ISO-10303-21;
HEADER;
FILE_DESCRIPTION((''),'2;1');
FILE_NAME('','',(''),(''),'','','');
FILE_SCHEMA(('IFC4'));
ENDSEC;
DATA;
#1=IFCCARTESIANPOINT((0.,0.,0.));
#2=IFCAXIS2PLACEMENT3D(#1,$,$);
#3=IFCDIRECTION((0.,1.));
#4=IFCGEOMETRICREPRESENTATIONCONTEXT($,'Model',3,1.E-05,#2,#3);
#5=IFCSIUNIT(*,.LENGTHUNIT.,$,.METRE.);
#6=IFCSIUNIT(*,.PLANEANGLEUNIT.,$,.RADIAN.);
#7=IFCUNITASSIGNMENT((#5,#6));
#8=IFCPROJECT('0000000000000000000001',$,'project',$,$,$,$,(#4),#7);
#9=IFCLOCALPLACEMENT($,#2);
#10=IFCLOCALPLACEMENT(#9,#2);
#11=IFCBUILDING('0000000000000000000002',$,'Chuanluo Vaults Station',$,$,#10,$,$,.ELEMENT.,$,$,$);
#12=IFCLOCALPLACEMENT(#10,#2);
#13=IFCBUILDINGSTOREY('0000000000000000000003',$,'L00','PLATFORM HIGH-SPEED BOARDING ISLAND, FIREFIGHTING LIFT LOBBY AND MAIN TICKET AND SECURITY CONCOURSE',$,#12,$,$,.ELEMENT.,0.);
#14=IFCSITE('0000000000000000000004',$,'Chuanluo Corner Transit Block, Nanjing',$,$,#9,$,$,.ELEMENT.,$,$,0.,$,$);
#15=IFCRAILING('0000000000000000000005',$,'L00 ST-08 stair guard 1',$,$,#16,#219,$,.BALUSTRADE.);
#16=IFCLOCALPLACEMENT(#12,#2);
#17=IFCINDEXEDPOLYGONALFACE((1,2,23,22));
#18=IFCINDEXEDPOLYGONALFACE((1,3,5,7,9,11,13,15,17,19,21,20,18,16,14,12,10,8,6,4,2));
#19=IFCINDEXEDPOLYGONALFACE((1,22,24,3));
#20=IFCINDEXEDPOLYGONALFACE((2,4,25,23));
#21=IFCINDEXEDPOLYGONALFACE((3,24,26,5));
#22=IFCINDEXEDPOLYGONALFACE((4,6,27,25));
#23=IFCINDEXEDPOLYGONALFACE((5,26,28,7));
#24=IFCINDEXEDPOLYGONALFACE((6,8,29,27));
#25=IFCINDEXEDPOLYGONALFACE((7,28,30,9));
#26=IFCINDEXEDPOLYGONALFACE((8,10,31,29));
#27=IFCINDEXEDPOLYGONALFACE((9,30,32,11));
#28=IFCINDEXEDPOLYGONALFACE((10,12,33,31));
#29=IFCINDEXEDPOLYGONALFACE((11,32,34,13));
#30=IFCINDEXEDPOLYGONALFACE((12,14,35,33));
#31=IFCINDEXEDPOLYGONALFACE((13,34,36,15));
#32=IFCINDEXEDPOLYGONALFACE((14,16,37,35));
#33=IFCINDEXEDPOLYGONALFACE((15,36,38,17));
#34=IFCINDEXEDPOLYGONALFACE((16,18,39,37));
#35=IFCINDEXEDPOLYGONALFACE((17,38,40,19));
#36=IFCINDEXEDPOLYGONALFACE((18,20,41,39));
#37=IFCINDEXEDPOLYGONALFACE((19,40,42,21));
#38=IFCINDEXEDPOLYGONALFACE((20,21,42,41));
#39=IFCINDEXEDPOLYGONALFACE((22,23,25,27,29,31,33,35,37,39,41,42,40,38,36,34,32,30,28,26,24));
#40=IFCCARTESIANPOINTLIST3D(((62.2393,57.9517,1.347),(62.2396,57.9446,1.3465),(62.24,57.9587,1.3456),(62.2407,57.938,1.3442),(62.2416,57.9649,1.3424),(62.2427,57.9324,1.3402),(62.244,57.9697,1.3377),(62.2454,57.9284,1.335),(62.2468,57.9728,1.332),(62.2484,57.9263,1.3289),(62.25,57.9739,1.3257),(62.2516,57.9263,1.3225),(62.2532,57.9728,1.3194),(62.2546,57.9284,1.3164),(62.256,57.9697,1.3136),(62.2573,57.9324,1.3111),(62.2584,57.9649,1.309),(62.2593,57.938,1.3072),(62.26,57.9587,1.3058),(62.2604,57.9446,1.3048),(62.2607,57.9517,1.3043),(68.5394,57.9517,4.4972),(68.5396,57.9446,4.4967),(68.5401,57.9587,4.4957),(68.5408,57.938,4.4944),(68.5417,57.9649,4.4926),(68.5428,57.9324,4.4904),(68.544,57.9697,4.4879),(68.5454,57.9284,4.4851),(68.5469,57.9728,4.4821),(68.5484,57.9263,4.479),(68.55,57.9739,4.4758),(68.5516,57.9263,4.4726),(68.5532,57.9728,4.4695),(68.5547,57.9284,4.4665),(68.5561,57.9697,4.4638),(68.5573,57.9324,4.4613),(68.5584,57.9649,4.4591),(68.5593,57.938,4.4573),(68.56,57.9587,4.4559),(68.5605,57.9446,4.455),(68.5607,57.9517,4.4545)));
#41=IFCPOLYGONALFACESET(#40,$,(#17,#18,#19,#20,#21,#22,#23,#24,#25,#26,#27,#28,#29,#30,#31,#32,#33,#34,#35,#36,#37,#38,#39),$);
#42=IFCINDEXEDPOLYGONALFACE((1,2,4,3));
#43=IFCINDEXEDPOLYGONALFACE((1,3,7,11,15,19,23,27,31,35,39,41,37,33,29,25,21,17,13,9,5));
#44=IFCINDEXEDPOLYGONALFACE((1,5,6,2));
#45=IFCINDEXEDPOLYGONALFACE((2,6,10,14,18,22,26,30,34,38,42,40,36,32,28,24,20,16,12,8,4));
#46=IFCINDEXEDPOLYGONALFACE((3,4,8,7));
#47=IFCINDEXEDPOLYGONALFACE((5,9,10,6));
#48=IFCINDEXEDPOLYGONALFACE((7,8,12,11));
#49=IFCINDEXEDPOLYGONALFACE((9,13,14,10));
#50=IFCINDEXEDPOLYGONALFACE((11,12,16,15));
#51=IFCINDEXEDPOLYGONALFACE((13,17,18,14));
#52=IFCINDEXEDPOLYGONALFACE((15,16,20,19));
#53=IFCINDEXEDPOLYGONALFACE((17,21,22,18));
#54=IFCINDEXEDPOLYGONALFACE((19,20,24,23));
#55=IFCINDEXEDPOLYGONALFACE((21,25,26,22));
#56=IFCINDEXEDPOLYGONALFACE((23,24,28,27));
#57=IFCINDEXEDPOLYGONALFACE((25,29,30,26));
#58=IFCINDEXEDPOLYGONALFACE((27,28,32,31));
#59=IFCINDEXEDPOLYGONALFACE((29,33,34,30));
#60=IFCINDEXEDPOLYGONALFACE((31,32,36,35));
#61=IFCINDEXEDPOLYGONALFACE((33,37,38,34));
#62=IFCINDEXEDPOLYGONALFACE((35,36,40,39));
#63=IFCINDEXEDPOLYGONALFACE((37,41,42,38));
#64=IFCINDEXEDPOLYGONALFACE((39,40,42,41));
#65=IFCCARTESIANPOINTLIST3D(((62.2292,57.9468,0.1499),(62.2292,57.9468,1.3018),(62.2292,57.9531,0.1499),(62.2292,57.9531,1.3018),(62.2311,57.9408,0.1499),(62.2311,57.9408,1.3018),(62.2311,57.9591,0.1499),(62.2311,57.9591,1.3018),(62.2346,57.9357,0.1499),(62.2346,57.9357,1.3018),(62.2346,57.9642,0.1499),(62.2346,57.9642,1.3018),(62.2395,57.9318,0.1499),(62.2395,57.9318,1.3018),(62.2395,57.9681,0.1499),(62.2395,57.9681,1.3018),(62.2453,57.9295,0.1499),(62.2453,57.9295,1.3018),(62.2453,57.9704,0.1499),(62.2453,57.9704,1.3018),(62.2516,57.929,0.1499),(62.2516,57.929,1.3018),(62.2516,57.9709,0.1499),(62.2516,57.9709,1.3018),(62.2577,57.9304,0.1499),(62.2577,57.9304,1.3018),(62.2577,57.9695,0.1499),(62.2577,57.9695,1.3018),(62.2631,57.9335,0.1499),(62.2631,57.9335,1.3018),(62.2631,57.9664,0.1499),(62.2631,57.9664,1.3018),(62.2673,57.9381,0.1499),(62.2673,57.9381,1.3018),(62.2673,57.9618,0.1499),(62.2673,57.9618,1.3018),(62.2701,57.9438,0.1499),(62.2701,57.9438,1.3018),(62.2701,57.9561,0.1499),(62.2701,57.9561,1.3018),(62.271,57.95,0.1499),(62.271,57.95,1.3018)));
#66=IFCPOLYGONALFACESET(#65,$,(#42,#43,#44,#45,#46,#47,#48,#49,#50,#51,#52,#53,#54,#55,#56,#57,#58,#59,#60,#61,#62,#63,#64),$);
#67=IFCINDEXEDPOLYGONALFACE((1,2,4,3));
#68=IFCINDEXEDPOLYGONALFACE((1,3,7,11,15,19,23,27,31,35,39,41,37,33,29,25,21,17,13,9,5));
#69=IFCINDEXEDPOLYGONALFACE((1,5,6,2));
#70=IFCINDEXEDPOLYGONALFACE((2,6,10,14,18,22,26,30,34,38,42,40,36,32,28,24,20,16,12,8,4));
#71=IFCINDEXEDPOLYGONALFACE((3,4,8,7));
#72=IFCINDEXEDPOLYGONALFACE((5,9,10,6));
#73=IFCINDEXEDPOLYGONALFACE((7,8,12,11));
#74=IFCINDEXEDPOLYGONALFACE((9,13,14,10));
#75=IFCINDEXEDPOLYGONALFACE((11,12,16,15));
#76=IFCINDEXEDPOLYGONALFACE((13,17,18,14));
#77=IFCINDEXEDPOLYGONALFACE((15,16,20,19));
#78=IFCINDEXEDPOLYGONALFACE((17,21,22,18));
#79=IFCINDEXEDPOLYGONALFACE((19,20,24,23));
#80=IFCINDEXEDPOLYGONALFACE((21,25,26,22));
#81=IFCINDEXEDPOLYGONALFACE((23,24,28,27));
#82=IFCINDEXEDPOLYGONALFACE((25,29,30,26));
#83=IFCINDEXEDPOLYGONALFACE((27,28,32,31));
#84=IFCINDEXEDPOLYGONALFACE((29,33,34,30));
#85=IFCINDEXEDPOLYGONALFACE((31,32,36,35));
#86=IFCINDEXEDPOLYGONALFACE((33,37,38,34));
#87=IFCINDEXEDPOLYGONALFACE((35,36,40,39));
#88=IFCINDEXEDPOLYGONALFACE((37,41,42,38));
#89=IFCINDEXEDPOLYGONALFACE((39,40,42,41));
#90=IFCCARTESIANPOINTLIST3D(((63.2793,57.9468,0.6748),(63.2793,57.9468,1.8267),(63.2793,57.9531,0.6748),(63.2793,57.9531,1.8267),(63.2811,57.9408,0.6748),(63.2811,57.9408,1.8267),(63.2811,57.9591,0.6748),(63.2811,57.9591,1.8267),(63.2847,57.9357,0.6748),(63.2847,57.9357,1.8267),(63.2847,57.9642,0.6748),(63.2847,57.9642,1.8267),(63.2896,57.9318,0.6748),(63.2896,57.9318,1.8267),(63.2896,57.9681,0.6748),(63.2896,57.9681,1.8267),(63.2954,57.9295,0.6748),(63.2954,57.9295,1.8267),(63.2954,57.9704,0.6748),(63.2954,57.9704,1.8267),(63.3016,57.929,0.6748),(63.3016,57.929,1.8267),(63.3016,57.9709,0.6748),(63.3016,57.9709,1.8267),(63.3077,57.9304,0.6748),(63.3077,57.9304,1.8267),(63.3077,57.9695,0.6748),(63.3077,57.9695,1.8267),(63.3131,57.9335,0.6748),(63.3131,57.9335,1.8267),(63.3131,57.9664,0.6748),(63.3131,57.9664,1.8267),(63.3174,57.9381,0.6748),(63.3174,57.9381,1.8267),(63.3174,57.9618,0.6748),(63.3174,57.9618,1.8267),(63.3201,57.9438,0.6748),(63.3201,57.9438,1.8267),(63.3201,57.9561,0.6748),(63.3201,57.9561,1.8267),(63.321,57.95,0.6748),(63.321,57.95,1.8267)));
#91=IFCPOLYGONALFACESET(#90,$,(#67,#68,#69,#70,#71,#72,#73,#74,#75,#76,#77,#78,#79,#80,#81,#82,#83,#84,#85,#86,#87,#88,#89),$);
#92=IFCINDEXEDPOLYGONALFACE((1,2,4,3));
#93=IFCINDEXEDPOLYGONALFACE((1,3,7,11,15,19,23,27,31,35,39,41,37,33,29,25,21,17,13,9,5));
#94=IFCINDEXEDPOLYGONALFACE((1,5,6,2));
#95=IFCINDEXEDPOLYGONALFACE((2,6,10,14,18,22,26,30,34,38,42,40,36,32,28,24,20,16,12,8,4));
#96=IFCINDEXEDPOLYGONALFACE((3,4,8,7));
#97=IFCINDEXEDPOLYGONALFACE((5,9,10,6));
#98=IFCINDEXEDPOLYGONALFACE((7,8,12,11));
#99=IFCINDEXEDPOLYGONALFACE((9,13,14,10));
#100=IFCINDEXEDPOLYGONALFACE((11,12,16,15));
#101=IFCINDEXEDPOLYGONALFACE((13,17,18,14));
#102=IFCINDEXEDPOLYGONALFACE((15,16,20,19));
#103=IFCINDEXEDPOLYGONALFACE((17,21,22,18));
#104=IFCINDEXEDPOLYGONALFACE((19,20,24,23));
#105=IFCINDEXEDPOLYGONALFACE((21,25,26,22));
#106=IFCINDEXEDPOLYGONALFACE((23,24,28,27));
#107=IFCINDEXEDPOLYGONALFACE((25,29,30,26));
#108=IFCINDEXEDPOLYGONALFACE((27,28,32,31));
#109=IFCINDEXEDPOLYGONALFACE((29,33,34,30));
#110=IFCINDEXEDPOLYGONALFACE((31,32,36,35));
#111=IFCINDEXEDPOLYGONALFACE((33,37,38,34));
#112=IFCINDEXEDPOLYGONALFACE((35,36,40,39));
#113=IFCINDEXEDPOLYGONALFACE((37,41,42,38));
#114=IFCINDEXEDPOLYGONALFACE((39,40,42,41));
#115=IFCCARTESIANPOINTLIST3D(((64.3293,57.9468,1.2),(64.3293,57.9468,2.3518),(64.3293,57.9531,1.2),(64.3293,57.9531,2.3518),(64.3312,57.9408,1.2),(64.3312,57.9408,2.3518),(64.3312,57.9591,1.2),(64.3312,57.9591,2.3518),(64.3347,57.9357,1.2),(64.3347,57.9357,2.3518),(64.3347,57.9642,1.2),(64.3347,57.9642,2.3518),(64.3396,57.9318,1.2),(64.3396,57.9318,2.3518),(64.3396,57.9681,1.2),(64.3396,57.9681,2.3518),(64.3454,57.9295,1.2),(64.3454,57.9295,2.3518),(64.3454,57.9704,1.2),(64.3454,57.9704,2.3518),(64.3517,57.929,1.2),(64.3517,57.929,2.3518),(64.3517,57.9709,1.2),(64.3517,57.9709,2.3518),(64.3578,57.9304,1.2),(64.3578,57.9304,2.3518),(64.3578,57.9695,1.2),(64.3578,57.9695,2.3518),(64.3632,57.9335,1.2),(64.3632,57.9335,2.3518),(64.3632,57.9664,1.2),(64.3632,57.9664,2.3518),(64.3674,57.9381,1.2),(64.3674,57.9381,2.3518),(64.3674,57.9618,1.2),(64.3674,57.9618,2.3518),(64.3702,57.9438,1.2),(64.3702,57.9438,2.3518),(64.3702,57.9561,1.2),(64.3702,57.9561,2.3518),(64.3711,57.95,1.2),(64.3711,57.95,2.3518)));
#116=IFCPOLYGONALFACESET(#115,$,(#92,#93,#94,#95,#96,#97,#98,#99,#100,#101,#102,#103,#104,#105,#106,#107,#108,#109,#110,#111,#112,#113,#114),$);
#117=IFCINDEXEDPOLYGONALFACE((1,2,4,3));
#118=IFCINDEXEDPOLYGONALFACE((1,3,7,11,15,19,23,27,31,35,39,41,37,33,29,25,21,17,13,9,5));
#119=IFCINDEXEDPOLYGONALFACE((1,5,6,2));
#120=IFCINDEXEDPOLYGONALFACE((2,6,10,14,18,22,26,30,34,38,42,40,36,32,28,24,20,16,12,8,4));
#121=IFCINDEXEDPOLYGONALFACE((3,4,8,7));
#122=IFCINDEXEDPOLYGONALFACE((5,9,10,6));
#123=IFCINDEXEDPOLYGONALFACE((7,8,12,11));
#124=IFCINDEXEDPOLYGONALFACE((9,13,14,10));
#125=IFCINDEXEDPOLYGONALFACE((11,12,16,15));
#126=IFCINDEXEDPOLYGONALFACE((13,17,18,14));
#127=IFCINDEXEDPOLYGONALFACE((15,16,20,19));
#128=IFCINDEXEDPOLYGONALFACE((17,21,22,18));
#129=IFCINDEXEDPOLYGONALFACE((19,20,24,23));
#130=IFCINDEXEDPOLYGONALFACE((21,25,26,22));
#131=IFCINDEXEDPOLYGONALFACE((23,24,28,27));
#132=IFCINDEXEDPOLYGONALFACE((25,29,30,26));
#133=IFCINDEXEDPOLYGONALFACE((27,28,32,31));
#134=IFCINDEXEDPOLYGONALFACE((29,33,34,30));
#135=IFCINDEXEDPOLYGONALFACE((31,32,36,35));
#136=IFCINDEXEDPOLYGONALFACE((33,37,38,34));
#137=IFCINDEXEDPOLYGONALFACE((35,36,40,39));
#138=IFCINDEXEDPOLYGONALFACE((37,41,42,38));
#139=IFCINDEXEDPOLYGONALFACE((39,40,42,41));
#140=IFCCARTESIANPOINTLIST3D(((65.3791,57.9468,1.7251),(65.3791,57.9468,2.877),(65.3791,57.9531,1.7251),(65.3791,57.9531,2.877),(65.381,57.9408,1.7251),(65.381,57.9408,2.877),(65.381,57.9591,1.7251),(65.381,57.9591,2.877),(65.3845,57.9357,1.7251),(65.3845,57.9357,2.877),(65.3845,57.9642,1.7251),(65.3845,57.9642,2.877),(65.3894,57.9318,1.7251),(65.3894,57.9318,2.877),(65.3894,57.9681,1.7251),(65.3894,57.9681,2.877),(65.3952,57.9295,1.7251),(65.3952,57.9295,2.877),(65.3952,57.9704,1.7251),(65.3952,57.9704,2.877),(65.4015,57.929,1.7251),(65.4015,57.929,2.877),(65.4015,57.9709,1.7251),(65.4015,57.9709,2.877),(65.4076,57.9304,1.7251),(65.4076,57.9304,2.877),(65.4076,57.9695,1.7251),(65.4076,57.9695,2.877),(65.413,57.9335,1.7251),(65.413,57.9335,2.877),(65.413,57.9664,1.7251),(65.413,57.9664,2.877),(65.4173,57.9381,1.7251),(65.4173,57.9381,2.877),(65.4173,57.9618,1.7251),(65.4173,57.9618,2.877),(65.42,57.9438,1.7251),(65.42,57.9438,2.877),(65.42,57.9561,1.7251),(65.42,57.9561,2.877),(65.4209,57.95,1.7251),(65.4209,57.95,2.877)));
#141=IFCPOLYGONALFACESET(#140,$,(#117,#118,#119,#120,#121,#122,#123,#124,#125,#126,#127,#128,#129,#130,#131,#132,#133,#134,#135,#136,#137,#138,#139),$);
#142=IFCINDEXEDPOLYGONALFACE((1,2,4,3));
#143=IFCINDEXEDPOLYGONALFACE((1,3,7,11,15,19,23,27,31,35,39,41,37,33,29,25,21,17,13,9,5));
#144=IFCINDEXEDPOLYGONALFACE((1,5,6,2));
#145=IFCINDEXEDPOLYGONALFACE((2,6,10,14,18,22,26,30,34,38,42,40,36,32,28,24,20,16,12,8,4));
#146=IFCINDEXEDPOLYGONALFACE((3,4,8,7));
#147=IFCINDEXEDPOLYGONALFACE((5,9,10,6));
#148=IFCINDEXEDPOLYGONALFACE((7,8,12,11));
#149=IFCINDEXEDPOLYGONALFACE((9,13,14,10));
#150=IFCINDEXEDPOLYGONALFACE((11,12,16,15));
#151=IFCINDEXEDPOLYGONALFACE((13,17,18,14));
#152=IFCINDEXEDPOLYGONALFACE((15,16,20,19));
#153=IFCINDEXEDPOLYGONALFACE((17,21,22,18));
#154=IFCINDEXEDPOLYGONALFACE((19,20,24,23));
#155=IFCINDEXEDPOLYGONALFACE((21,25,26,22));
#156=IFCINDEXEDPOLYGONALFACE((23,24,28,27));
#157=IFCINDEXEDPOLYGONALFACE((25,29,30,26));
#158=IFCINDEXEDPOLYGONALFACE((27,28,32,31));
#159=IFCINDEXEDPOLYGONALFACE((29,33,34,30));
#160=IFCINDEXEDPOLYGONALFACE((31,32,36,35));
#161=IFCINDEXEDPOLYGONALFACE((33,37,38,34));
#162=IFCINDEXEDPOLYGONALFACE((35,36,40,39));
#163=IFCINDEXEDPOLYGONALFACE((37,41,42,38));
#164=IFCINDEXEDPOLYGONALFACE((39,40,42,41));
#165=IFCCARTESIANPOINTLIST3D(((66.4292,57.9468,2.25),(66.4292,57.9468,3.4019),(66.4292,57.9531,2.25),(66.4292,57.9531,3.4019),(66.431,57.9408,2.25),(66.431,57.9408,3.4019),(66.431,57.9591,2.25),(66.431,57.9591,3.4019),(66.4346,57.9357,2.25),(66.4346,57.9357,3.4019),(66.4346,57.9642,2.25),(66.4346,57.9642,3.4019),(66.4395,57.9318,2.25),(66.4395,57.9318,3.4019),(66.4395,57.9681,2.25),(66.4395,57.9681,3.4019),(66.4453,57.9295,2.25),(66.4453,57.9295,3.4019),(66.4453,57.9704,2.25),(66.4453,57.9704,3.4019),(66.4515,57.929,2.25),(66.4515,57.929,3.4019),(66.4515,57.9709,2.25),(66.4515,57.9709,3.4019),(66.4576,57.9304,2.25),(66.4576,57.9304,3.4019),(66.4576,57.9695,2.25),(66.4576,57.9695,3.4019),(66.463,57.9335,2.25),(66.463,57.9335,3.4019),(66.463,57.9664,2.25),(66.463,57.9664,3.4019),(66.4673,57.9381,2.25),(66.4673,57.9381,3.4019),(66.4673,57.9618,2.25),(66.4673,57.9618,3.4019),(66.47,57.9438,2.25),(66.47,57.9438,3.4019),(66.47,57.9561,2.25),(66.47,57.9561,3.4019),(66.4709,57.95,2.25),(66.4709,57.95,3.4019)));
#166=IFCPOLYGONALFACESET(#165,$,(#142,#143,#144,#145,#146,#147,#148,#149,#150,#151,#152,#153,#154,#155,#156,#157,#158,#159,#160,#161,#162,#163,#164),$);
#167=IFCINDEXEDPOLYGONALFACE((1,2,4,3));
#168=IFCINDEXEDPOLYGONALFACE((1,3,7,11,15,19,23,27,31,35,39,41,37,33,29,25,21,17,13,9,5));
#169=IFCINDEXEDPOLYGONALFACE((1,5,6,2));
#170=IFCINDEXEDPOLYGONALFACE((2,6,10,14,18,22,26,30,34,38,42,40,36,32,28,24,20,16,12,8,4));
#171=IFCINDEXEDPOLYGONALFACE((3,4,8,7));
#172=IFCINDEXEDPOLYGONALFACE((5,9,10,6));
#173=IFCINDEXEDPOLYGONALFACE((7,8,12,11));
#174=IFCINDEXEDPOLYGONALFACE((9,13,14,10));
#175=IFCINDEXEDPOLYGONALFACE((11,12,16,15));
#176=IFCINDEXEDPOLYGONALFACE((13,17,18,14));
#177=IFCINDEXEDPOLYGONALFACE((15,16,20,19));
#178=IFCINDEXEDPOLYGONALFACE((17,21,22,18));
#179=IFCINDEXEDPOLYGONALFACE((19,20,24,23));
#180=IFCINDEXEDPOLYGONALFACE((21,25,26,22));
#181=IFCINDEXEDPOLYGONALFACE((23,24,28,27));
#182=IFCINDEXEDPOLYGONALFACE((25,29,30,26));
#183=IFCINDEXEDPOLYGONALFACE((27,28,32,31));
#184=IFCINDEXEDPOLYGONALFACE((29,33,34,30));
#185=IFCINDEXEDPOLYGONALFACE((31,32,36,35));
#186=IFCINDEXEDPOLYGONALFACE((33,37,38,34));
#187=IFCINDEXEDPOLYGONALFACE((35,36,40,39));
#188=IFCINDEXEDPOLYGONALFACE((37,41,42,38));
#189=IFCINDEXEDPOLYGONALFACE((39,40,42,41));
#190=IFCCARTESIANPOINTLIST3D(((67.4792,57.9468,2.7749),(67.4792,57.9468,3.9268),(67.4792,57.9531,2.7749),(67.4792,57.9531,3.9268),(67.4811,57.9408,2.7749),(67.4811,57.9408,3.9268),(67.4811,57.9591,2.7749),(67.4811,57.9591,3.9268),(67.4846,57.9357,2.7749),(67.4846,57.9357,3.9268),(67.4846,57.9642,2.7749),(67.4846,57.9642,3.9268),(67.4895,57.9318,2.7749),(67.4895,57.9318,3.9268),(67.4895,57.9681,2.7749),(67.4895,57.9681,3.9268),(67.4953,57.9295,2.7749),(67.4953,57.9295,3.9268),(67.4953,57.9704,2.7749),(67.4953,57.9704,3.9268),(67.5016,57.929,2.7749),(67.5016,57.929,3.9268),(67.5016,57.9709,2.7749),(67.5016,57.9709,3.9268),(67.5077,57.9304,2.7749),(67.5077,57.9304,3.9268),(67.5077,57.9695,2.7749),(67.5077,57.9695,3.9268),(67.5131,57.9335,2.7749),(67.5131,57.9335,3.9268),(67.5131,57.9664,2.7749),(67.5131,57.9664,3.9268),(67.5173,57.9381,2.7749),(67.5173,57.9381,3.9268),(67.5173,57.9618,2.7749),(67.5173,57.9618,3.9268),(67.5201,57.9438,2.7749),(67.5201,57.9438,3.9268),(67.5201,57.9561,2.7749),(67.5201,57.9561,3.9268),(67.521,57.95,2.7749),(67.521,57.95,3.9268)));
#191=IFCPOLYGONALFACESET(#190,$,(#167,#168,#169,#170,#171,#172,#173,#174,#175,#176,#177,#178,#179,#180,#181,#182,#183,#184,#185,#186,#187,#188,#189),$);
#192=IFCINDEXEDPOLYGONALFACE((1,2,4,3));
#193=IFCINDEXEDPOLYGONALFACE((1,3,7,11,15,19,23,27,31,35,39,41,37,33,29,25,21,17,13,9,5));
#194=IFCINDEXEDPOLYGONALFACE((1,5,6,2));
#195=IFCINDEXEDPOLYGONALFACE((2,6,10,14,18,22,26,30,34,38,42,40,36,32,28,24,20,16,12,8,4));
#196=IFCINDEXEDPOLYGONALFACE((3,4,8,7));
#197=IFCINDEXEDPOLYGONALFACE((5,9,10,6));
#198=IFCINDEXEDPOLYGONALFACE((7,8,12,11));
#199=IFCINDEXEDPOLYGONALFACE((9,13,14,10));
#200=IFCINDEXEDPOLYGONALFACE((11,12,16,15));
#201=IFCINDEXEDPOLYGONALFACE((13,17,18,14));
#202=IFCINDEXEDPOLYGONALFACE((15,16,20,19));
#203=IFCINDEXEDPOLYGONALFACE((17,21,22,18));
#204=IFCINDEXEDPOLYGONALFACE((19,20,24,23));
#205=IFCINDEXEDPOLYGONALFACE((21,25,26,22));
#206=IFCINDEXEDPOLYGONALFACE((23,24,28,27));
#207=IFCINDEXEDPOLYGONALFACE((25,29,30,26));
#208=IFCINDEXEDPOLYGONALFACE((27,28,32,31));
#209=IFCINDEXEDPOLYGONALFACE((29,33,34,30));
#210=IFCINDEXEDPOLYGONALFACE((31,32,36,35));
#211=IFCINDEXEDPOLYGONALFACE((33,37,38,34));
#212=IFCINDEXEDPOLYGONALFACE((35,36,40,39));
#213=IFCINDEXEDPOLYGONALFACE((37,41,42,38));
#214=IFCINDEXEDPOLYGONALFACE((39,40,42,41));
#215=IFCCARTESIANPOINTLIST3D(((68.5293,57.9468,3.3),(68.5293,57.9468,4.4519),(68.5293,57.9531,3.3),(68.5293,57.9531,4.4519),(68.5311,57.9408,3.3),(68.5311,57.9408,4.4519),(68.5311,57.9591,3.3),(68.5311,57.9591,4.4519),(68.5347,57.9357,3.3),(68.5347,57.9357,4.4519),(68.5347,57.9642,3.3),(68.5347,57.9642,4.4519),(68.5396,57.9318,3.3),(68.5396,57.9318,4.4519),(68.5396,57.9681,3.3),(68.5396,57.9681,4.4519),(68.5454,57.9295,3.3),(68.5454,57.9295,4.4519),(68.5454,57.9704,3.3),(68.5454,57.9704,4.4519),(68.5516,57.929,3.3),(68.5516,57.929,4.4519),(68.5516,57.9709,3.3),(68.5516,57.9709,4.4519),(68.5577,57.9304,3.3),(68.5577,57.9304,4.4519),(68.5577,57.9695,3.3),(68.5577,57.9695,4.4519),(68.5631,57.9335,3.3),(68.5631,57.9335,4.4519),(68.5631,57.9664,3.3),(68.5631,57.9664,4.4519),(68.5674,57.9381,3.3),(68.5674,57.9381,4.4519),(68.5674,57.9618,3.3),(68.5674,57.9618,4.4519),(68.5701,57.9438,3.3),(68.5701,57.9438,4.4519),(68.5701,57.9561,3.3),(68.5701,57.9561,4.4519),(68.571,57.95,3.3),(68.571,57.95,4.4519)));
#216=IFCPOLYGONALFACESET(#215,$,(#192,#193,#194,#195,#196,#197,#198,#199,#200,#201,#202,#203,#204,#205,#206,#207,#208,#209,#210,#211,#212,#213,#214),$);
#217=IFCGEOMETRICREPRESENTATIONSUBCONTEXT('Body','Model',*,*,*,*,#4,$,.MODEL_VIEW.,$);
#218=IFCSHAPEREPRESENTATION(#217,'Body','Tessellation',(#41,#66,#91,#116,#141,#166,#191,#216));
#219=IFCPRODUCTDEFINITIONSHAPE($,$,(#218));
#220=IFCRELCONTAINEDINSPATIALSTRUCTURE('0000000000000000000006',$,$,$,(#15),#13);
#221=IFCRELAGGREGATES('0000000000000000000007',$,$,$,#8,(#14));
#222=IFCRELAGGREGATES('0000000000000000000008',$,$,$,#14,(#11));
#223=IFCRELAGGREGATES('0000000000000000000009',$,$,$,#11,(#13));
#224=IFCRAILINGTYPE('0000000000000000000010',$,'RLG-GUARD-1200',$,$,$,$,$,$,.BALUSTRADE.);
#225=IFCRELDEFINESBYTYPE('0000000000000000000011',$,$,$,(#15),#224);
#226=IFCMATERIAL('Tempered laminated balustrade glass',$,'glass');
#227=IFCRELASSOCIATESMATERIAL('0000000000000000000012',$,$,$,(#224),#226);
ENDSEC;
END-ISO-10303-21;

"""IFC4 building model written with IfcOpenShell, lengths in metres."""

from ifc_helpers import new_model, si_unit, direction, frame, origin, origin_2d, place, context, subcontext, project, spatial, circle, extrude, material, type_object, element, save


model = new_model("IFC4")

# Units and contexts
model_context = context("Model", 3, precision=1e-05, world=origin(), true_north=direction((0.0, 1.0)))
body_context = subcontext(model_context, "Body", "Model", "MODEL_VIEW")
ifc_project = project(units=[si_unit("LENGTHUNIT", "METRE"), si_unit("PLANEANGLEUNIT", "RADIAN")], contexts=[model_context])

# Site, building, storey
site_placement = place(None, origin())
site = spatial("IfcSite", under=ifc_project, at=site_placement, Name="Chuanluo Corner Transit Block, Nanjing", CompositionType="ELEMENT", RefElevation=0.0)
building_placement = place(site_placement, origin())
building = spatial("IfcBuilding", under=site, at=building_placement, Name="Chuanluo Vaults Station", CompositionType="ELEMENT")
storey_placement = place(building_placement, origin())
storey = spatial("IfcBuildingStorey", under=building, at=storey_placement, Name="L00", Description="PLATFORM HIGH-SPEED BOARDING ISLAND, FIREFIGHTING LIFT LOBBY AND MAIN TICKET AND SECURITY CONCOURSE", CompositionType="ELEMENT", Elevation=0.0)

# Railing
ifc_material_1 = material(Name="Tempered laminated balustrade glass", Category="glass")
railing_type_1 = type_object("IfcRailingType", Name="RLG-GUARD-1200", PredefinedType="BALUSTRADE", material=ifc_material_1)
railing_1_placement = place(storey_placement, frame((62.25, 57.95, 0.1499)))
element("IfcRailing", 1, at=railing_1_placement, inside=storey, type_object=railing_type_1, Name="L00 ST-08 stair guard 1", PredefinedType="BALUSTRADE", context=body_context, shape_type="SweptSolid", body=[
    extrude(circle(Radius=0.0239, at=origin_2d()), frame((0.0, 0.0, 1.1758), z_axis=(0.89442, 0.0, 0.447227), x_axis=(0.0, 1.0, 0.0)), (0.0, 0.0, 1.0), 7.0437),
    extrude(circle(Radius=0.021, at=origin_2d()), origin(), (0.0, 0.0, 1.0), 1.1519),
    extrude(circle(Radius=0.021, at=origin_2d()), frame((1.05, 0.0, 0.5249)), (0.0, 0.0, 1.0), 1.1519),
    extrude(circle(Radius=0.021, at=origin_2d()), frame((2.1001, 0.0, 1.05)), (0.0, 0.0, 1.0), 1.1519),
    extrude(circle(Radius=0.021, at=origin_2d()), frame((3.1499, 0.0, 1.5752)), (0.0, 0.0, 1.0), 1.1519),
    extrude(circle(Radius=0.021, at=origin_2d()), frame((4.2, 0.0, 2.1001)), (0.0, 0.0, 1.0), 1.1519),
    extrude(circle(Radius=0.021, at=origin_2d()), frame((5.25, 0.0, 2.625)), (0.0, 0.0, 1.0), 1.1519),
    extrude(circle(Radius=0.021, at=origin_2d()), frame((6.3, 0.0, 3.1501)), (0.0, 0.0, 1.0), 1.1519),
])

save(model, "model.ifc")
